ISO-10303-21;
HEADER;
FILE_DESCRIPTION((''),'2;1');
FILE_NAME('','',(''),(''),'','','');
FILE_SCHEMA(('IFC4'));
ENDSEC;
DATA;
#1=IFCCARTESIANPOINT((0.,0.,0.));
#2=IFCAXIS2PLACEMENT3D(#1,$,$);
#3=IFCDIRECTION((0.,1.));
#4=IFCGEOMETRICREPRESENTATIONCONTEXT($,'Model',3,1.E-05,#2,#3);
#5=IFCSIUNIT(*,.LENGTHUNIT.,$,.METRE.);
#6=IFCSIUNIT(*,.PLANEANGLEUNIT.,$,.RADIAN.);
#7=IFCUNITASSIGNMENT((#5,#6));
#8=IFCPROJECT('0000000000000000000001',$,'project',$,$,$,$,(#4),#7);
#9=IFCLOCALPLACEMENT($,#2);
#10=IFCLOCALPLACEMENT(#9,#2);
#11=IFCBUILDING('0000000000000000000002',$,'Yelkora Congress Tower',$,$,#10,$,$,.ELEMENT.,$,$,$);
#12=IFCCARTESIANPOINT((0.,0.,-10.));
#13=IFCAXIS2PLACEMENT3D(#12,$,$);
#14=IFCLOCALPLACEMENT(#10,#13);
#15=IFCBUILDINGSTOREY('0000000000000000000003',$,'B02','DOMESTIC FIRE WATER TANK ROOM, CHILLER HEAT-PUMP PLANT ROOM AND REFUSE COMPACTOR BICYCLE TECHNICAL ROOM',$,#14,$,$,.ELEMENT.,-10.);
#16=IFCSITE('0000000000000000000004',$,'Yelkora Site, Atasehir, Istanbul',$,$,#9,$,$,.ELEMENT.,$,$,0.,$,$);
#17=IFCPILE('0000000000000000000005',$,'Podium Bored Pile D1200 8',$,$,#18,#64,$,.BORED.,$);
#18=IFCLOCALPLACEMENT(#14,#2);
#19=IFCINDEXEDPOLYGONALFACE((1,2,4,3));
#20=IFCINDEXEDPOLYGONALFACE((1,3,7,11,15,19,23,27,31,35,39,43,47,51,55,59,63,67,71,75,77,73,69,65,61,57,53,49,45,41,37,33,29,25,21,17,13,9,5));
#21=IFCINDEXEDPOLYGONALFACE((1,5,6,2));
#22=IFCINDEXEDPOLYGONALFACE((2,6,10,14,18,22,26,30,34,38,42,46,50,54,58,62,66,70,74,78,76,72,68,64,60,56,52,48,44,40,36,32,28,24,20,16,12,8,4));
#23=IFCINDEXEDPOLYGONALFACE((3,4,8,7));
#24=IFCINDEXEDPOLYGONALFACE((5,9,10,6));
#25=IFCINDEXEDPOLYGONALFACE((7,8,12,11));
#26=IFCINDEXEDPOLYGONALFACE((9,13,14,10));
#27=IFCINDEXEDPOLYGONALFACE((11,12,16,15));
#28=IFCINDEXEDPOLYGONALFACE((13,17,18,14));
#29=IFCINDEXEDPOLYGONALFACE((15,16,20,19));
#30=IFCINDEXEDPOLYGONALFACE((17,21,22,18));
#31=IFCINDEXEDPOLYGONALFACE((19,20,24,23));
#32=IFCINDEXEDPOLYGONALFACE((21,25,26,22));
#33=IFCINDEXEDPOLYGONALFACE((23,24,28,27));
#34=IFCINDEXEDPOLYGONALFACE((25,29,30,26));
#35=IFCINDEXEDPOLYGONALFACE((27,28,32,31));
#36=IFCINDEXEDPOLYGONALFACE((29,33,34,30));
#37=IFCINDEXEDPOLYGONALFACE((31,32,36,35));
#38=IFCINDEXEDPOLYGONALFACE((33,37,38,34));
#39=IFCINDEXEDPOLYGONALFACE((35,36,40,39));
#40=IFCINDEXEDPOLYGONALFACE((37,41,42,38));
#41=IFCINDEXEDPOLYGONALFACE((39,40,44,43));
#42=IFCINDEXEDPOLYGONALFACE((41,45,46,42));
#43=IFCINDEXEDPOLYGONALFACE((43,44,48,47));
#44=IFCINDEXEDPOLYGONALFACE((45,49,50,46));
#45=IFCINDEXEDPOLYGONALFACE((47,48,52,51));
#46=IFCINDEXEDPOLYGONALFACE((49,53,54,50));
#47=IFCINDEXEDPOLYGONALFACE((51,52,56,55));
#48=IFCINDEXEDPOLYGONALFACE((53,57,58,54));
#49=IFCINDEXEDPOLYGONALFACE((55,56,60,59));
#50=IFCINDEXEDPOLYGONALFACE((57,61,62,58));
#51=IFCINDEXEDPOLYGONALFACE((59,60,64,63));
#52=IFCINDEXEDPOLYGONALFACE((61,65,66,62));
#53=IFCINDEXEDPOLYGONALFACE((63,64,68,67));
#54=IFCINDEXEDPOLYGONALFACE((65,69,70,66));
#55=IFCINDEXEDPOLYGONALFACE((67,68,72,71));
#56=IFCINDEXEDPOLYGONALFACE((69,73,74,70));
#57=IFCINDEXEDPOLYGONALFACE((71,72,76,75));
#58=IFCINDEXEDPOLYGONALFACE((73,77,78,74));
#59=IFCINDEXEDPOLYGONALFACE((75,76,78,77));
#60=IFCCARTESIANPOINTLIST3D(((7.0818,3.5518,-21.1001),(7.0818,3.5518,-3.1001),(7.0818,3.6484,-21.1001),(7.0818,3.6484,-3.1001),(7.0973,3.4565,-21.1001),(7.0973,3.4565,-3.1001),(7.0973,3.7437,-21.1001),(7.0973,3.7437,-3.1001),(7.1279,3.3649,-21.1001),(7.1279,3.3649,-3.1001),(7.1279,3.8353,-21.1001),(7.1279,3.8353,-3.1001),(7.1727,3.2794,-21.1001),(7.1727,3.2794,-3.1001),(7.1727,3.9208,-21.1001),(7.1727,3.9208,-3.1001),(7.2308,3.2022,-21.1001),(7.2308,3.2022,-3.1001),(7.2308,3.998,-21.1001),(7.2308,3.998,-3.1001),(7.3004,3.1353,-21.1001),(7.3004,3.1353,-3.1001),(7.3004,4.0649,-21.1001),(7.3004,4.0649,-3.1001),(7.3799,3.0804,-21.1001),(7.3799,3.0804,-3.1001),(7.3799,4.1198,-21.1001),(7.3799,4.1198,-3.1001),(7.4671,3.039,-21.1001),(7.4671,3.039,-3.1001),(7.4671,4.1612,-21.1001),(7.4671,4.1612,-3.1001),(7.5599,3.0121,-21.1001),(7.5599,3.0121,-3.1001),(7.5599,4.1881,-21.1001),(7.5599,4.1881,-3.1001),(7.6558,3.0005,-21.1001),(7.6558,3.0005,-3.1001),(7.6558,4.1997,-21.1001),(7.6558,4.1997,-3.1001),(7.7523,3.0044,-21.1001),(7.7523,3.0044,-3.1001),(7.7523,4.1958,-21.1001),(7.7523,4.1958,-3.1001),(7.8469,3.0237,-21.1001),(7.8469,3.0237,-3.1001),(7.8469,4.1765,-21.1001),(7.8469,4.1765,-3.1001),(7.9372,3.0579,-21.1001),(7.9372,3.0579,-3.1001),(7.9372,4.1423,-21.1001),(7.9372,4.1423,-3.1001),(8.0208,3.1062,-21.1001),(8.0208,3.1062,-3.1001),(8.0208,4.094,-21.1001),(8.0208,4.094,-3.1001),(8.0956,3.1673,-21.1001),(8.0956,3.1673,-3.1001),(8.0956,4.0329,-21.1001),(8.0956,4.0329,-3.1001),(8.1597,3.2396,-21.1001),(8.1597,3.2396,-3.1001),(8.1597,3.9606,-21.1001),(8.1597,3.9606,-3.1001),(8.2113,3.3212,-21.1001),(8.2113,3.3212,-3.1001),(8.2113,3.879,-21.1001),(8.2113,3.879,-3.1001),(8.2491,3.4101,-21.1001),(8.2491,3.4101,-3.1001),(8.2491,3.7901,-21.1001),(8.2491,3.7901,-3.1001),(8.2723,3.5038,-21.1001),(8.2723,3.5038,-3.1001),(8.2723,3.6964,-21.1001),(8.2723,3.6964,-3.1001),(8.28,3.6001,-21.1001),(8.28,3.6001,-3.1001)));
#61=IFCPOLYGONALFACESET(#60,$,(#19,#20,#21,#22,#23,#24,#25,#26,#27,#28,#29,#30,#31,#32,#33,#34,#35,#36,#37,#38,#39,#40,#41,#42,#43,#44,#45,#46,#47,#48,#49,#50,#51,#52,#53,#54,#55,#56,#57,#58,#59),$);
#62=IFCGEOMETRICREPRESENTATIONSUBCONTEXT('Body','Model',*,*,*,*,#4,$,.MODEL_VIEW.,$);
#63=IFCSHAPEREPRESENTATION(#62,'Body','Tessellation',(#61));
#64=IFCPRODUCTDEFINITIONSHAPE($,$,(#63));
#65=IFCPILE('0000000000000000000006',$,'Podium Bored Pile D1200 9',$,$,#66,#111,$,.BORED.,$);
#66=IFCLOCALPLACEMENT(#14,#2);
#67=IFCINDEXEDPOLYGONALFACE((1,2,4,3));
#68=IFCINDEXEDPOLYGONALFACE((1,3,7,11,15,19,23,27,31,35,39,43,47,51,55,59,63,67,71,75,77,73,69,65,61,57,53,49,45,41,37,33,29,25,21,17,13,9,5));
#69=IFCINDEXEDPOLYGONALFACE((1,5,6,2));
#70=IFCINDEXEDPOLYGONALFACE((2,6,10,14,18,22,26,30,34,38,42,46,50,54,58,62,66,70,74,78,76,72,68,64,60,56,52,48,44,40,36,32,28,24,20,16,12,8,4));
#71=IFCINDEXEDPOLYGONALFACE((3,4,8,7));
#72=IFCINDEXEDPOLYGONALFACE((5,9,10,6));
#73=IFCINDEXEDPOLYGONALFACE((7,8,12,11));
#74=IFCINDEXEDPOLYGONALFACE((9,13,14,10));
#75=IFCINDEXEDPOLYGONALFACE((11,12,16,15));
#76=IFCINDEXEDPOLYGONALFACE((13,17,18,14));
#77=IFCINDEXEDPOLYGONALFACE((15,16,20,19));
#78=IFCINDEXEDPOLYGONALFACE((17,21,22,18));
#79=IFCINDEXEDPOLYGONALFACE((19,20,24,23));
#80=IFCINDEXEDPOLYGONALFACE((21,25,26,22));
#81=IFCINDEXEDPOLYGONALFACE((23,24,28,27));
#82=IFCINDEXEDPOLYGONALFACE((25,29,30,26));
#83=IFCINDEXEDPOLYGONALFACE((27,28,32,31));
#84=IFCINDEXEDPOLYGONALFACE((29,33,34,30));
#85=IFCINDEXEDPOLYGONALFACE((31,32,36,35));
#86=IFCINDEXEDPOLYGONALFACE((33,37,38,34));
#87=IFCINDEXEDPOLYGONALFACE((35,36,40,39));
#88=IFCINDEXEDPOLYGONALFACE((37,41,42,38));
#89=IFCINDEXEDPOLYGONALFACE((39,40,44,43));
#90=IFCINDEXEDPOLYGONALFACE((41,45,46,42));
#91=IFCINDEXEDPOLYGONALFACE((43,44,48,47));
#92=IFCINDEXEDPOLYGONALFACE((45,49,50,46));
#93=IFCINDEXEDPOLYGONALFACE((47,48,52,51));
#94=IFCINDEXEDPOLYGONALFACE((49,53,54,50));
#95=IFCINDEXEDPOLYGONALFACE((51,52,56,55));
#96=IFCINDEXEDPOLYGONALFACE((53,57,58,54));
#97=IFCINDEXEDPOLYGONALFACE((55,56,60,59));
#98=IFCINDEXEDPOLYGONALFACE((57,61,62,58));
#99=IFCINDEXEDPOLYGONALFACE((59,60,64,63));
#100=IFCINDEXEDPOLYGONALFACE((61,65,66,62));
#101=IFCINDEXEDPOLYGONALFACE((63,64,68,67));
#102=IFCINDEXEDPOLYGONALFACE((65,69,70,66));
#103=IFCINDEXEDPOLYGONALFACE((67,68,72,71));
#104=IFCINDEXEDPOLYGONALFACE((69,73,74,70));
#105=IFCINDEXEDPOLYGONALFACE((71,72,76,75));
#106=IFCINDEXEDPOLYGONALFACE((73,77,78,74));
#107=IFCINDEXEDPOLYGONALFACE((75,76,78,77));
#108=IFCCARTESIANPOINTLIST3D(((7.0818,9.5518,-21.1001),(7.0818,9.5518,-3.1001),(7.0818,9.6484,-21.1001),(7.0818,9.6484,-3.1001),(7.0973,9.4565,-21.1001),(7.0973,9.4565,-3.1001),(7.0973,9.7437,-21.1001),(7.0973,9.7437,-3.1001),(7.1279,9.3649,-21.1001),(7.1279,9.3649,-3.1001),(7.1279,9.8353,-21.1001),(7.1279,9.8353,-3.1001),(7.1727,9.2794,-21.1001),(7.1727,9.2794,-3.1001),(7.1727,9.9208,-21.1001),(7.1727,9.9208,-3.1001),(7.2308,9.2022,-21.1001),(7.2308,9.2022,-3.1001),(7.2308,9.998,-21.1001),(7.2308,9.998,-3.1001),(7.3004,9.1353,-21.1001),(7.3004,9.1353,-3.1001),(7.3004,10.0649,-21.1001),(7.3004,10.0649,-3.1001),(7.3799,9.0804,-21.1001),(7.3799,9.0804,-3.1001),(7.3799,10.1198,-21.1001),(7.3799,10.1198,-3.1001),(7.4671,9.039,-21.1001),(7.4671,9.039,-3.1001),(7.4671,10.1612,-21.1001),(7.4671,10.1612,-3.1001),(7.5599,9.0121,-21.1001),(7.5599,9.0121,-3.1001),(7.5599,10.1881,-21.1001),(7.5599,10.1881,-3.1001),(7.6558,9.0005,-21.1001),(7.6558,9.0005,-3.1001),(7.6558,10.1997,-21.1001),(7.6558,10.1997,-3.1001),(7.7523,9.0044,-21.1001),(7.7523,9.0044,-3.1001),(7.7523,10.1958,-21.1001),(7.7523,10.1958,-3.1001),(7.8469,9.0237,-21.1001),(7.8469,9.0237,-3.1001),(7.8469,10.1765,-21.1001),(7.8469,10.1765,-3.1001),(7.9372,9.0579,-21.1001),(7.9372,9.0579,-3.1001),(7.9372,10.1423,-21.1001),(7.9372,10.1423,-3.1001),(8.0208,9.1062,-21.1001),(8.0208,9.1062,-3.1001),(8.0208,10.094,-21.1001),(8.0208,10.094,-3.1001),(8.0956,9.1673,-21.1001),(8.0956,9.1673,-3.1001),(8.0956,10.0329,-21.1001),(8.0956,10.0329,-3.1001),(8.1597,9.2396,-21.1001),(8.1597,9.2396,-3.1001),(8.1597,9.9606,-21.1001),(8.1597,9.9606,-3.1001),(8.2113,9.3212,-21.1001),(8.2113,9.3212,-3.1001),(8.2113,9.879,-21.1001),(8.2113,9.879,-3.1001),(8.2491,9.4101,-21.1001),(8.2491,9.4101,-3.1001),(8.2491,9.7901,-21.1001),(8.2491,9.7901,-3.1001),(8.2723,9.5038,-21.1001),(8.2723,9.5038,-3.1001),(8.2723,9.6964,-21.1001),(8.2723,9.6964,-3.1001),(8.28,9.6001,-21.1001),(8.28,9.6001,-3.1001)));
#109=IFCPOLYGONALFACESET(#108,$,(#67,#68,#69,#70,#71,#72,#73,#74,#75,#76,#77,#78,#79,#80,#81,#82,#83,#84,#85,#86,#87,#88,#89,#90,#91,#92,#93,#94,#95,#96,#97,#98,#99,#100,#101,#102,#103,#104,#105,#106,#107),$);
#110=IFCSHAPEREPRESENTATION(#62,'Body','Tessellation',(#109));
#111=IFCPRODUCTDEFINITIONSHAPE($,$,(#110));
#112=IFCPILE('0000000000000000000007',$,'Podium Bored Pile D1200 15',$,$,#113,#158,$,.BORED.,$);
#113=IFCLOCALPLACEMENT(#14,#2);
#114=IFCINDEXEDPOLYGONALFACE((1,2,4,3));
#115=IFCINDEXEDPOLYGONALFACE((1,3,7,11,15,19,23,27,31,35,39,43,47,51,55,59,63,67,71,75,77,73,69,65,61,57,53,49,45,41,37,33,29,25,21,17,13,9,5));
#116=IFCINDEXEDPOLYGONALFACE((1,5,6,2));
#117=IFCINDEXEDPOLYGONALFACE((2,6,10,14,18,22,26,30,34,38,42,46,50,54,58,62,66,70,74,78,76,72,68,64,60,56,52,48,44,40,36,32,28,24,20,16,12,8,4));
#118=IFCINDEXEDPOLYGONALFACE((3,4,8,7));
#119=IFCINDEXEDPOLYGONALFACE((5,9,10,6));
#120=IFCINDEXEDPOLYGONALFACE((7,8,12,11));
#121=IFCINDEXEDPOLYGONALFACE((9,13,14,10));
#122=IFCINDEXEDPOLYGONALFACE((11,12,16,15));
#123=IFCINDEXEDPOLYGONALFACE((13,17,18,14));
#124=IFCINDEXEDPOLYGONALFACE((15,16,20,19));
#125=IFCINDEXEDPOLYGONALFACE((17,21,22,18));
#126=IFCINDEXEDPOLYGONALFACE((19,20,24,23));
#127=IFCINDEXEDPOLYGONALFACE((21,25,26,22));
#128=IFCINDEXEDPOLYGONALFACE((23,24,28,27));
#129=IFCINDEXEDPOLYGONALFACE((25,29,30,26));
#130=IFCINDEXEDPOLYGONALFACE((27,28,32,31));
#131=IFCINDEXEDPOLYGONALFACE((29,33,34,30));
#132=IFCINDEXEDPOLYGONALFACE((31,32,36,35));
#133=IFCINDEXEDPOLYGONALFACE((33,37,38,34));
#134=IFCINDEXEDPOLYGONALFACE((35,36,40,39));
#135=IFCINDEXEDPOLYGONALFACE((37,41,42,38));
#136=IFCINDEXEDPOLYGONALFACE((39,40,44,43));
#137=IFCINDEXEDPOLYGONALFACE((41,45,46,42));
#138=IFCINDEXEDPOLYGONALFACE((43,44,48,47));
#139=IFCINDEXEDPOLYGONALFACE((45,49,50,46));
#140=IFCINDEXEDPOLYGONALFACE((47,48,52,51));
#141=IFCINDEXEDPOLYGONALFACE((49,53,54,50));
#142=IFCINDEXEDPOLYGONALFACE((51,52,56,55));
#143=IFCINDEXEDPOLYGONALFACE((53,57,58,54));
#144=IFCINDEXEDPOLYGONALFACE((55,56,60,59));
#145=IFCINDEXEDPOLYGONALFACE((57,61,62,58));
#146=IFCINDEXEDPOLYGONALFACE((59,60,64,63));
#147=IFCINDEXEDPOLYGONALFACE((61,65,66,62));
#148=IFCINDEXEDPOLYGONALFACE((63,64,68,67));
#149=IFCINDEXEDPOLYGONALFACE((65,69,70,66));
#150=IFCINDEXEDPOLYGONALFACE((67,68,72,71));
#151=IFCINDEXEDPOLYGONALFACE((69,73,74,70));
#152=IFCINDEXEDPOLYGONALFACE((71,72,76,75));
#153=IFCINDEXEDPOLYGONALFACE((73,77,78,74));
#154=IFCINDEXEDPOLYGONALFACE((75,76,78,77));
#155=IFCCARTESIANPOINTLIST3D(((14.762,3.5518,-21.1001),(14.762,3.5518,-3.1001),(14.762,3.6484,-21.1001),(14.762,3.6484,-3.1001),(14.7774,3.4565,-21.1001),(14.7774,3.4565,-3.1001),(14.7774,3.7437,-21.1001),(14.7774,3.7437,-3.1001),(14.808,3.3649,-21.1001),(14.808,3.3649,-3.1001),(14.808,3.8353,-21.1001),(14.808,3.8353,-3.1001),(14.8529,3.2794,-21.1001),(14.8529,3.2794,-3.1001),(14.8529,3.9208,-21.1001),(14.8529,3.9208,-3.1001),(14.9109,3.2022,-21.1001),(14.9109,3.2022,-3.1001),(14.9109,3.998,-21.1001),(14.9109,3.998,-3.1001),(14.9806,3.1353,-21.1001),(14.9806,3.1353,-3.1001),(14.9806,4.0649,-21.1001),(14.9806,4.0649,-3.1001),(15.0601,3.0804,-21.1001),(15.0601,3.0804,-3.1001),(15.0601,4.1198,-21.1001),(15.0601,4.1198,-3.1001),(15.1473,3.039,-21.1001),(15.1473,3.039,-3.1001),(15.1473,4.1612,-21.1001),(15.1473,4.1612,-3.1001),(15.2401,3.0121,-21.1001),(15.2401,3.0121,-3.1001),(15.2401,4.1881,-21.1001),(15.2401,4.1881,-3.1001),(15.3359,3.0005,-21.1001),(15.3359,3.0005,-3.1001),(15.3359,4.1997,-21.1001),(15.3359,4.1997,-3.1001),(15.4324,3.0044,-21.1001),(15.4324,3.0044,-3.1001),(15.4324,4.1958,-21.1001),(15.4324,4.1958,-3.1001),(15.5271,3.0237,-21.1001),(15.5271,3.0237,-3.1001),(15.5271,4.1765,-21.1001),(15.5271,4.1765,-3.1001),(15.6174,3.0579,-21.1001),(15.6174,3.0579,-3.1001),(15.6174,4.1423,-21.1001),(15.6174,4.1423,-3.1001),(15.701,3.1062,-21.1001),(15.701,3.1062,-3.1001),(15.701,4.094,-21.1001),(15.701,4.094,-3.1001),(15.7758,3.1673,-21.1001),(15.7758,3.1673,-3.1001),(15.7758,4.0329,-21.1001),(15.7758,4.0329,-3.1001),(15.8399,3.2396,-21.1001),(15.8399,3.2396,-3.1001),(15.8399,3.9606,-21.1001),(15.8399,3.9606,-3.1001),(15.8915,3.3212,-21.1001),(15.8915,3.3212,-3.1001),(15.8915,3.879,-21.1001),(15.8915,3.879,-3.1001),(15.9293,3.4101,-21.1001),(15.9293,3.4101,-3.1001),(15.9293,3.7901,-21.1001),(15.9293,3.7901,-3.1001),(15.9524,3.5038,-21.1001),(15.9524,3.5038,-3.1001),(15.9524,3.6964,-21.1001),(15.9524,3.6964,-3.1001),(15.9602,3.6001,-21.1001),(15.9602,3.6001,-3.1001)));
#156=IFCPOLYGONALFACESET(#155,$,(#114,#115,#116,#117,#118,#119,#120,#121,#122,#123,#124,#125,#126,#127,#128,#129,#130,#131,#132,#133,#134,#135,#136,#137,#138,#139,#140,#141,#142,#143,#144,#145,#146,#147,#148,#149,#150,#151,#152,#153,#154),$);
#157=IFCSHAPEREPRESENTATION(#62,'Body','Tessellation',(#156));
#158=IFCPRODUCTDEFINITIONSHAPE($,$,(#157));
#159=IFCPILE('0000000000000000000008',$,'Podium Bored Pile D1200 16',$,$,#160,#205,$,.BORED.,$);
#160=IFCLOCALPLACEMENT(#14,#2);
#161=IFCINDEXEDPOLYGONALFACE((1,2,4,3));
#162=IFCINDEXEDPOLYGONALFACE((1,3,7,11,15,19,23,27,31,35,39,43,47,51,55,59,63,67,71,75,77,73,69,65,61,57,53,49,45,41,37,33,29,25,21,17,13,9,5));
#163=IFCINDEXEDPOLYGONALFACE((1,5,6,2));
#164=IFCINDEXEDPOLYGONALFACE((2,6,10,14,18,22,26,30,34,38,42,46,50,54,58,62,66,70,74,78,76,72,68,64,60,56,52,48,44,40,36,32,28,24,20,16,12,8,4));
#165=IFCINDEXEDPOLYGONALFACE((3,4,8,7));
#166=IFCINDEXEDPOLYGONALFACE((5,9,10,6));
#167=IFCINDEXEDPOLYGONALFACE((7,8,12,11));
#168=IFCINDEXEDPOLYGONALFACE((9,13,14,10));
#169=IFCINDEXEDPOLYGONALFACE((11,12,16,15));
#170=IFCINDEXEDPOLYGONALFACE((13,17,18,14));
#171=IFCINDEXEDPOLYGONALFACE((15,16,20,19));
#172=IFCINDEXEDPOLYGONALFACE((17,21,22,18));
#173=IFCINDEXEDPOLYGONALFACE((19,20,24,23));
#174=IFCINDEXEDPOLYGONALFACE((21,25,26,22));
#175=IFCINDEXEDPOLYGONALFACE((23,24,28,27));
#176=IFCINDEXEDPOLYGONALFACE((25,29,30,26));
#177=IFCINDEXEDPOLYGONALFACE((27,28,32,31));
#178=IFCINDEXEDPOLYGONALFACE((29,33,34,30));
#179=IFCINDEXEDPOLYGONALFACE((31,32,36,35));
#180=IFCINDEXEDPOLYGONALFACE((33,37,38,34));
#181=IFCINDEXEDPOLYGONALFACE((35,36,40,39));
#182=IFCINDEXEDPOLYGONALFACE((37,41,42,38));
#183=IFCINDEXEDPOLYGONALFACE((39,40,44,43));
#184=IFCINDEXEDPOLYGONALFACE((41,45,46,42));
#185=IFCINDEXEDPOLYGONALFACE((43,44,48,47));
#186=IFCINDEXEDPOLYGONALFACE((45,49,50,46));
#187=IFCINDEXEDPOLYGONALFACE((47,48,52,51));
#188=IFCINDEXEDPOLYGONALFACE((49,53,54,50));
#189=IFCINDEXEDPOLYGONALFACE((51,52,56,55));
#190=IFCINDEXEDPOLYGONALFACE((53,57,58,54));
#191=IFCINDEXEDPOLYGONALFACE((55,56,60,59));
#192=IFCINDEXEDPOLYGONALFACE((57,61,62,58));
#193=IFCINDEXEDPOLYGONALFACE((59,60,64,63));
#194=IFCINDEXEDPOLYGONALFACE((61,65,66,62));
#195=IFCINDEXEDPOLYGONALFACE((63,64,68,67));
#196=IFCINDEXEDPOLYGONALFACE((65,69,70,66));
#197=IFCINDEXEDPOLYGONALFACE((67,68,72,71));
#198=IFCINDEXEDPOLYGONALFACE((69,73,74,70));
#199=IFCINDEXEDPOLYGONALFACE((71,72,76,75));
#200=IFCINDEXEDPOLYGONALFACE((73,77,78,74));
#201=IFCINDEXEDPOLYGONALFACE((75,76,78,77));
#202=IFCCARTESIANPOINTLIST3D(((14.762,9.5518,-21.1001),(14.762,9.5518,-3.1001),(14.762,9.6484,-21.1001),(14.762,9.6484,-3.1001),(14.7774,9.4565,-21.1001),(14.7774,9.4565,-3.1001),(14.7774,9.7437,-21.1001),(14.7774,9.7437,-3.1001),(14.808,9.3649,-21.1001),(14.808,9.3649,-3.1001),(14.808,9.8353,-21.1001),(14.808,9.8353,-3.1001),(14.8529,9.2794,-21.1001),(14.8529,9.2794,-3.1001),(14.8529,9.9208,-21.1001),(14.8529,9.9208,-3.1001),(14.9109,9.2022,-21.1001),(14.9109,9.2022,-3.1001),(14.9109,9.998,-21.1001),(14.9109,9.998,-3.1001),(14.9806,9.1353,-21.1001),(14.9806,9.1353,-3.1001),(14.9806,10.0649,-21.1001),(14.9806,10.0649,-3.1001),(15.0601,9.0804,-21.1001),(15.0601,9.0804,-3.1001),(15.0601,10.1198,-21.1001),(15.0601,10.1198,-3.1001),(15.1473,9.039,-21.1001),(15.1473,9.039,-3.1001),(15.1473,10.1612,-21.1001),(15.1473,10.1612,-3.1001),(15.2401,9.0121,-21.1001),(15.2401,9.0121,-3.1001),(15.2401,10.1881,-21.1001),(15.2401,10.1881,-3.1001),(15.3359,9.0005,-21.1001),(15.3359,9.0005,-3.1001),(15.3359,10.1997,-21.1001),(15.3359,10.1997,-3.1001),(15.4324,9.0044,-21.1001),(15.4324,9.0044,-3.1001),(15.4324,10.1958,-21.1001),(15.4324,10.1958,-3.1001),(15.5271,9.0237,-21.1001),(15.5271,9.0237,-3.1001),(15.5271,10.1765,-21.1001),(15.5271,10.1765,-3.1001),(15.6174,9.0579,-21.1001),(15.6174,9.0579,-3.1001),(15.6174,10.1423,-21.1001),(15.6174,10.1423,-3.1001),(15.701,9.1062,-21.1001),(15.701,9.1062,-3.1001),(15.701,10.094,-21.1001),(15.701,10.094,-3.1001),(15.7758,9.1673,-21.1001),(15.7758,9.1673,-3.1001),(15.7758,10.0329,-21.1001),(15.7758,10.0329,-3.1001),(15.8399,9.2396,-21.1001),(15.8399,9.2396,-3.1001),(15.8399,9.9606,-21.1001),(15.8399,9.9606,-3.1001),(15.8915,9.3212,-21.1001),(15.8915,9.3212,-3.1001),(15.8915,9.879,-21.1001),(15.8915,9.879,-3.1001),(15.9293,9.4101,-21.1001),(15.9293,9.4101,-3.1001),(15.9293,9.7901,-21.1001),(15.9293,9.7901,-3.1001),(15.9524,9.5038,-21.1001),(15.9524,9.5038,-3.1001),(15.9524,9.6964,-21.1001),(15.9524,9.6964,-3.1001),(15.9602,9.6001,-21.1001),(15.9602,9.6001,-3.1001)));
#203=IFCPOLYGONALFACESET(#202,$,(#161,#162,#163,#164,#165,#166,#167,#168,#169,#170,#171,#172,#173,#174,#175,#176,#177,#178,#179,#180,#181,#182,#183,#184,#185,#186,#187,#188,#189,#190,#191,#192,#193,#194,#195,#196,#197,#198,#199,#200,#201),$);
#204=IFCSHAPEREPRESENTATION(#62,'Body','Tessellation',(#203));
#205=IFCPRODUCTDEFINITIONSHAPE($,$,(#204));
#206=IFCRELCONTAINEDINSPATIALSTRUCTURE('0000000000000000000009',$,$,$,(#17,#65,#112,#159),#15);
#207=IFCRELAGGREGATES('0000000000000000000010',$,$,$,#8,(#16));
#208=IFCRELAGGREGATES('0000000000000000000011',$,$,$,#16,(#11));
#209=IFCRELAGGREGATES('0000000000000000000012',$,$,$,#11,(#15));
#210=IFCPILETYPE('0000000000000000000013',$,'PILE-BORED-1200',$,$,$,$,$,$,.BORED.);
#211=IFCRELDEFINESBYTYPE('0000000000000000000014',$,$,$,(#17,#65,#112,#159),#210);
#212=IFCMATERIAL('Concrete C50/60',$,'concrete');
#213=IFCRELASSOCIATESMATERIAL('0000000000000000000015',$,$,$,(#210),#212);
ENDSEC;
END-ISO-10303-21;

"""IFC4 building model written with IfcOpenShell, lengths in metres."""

from ifc_helpers import new_model, si_unit, direction, frame, origin, origin_2d, place, context, subcontext, project, spatial, circle, extrude, material, material_profile, profile_set, type_object, element, save


model = new_model("IFC4")

# Units and contexts
model_context = context("Model", 3, precision=1e-05, world=origin(), true_north=direction((0.0, 1.0)))
body_context = subcontext(model_context, "Body", "Model", "MODEL_VIEW")
ifc_project = project(units=[si_unit("LENGTHUNIT", "METRE"), si_unit("PLANEANGLEUNIT", "RADIAN")], contexts=[model_context])

# Site, building, storey
site_placement = place(None, origin())
site = spatial("IfcSite", under=ifc_project, at=site_placement, Name="Yelkora Site, Atasehir, Istanbul", CompositionType="ELEMENT", RefElevation=0.0)
building_placement = place(site_placement, origin())
building = spatial("IfcBuilding", under=site, at=building_placement, Name="Yelkora Congress Tower", CompositionType="ELEMENT")
storey_placement = place(building_placement, frame((0.0, 0.0, -10.0)))
storey = spatial("IfcBuildingStorey", under=building, at=storey_placement, Name="B02", Description="DOMESTIC FIRE WATER TANK ROOM, CHILLER HEAT-PUMP PLANT ROOM AND REFUSE COMPACTOR BICYCLE TECHNICAL ROOM", CompositionType="ELEMENT", Elevation=-10.0)

# Piles
ifc_material_1 = material(Name="Concrete C50/60", Category="concrete")
ifc_material_profile_1 = material_profile(ifc_material_1, circle(Radius=0.6001, at=origin_2d()), Name="PILE D1200")
ifc_profile_set_1 = profile_set([ifc_material_profile_1], Name="Concrete C50/60")
pile_type = type_object("IfcPileType", Name="PILE-BORED-1200", PredefinedType="BORED", material=ifc_profile_set_1)
for number, where, z_axis, x_axis, name in (
    (1, (7.6799, 3.6001, -3.1001), (0.0, 0.0, -1.0), (1.0, 0.0, 0.0), "Podium Bored Pile D1200 8"),
    (2, (7.6799, 9.6001, -3.1001), (0.0, 0.0, -1.0), (1.0, 0.0, 0.0), "Podium Bored Pile D1200 9"),
    (3, (15.3601, 3.6001, -3.1001), (0.0, 0.0, -1.0), (1.0, 0.0, 0.0), "Podium Bored Pile D1200 15"),
    (4, (15.3601, 9.6001, -3.1001), (0.0, 0.0, -1.0), (1.0, 0.0, 0.0), "Podium Bored Pile D1200 16"),
):
    element("IfcPile", number, at=place(storey_placement, frame(where, z_axis=z_axis, x_axis=x_axis)), inside=storey, type_object=pile_type, Name=name, PredefinedType="BORED", context=body_context, shape_type="SweptSolid", body=[
        extrude(circle(Radius=0.6001, at=origin_2d()), origin(), (0.0, 0.0, 1.0), 18.0),
    ])

save(model, "model.ifc")
